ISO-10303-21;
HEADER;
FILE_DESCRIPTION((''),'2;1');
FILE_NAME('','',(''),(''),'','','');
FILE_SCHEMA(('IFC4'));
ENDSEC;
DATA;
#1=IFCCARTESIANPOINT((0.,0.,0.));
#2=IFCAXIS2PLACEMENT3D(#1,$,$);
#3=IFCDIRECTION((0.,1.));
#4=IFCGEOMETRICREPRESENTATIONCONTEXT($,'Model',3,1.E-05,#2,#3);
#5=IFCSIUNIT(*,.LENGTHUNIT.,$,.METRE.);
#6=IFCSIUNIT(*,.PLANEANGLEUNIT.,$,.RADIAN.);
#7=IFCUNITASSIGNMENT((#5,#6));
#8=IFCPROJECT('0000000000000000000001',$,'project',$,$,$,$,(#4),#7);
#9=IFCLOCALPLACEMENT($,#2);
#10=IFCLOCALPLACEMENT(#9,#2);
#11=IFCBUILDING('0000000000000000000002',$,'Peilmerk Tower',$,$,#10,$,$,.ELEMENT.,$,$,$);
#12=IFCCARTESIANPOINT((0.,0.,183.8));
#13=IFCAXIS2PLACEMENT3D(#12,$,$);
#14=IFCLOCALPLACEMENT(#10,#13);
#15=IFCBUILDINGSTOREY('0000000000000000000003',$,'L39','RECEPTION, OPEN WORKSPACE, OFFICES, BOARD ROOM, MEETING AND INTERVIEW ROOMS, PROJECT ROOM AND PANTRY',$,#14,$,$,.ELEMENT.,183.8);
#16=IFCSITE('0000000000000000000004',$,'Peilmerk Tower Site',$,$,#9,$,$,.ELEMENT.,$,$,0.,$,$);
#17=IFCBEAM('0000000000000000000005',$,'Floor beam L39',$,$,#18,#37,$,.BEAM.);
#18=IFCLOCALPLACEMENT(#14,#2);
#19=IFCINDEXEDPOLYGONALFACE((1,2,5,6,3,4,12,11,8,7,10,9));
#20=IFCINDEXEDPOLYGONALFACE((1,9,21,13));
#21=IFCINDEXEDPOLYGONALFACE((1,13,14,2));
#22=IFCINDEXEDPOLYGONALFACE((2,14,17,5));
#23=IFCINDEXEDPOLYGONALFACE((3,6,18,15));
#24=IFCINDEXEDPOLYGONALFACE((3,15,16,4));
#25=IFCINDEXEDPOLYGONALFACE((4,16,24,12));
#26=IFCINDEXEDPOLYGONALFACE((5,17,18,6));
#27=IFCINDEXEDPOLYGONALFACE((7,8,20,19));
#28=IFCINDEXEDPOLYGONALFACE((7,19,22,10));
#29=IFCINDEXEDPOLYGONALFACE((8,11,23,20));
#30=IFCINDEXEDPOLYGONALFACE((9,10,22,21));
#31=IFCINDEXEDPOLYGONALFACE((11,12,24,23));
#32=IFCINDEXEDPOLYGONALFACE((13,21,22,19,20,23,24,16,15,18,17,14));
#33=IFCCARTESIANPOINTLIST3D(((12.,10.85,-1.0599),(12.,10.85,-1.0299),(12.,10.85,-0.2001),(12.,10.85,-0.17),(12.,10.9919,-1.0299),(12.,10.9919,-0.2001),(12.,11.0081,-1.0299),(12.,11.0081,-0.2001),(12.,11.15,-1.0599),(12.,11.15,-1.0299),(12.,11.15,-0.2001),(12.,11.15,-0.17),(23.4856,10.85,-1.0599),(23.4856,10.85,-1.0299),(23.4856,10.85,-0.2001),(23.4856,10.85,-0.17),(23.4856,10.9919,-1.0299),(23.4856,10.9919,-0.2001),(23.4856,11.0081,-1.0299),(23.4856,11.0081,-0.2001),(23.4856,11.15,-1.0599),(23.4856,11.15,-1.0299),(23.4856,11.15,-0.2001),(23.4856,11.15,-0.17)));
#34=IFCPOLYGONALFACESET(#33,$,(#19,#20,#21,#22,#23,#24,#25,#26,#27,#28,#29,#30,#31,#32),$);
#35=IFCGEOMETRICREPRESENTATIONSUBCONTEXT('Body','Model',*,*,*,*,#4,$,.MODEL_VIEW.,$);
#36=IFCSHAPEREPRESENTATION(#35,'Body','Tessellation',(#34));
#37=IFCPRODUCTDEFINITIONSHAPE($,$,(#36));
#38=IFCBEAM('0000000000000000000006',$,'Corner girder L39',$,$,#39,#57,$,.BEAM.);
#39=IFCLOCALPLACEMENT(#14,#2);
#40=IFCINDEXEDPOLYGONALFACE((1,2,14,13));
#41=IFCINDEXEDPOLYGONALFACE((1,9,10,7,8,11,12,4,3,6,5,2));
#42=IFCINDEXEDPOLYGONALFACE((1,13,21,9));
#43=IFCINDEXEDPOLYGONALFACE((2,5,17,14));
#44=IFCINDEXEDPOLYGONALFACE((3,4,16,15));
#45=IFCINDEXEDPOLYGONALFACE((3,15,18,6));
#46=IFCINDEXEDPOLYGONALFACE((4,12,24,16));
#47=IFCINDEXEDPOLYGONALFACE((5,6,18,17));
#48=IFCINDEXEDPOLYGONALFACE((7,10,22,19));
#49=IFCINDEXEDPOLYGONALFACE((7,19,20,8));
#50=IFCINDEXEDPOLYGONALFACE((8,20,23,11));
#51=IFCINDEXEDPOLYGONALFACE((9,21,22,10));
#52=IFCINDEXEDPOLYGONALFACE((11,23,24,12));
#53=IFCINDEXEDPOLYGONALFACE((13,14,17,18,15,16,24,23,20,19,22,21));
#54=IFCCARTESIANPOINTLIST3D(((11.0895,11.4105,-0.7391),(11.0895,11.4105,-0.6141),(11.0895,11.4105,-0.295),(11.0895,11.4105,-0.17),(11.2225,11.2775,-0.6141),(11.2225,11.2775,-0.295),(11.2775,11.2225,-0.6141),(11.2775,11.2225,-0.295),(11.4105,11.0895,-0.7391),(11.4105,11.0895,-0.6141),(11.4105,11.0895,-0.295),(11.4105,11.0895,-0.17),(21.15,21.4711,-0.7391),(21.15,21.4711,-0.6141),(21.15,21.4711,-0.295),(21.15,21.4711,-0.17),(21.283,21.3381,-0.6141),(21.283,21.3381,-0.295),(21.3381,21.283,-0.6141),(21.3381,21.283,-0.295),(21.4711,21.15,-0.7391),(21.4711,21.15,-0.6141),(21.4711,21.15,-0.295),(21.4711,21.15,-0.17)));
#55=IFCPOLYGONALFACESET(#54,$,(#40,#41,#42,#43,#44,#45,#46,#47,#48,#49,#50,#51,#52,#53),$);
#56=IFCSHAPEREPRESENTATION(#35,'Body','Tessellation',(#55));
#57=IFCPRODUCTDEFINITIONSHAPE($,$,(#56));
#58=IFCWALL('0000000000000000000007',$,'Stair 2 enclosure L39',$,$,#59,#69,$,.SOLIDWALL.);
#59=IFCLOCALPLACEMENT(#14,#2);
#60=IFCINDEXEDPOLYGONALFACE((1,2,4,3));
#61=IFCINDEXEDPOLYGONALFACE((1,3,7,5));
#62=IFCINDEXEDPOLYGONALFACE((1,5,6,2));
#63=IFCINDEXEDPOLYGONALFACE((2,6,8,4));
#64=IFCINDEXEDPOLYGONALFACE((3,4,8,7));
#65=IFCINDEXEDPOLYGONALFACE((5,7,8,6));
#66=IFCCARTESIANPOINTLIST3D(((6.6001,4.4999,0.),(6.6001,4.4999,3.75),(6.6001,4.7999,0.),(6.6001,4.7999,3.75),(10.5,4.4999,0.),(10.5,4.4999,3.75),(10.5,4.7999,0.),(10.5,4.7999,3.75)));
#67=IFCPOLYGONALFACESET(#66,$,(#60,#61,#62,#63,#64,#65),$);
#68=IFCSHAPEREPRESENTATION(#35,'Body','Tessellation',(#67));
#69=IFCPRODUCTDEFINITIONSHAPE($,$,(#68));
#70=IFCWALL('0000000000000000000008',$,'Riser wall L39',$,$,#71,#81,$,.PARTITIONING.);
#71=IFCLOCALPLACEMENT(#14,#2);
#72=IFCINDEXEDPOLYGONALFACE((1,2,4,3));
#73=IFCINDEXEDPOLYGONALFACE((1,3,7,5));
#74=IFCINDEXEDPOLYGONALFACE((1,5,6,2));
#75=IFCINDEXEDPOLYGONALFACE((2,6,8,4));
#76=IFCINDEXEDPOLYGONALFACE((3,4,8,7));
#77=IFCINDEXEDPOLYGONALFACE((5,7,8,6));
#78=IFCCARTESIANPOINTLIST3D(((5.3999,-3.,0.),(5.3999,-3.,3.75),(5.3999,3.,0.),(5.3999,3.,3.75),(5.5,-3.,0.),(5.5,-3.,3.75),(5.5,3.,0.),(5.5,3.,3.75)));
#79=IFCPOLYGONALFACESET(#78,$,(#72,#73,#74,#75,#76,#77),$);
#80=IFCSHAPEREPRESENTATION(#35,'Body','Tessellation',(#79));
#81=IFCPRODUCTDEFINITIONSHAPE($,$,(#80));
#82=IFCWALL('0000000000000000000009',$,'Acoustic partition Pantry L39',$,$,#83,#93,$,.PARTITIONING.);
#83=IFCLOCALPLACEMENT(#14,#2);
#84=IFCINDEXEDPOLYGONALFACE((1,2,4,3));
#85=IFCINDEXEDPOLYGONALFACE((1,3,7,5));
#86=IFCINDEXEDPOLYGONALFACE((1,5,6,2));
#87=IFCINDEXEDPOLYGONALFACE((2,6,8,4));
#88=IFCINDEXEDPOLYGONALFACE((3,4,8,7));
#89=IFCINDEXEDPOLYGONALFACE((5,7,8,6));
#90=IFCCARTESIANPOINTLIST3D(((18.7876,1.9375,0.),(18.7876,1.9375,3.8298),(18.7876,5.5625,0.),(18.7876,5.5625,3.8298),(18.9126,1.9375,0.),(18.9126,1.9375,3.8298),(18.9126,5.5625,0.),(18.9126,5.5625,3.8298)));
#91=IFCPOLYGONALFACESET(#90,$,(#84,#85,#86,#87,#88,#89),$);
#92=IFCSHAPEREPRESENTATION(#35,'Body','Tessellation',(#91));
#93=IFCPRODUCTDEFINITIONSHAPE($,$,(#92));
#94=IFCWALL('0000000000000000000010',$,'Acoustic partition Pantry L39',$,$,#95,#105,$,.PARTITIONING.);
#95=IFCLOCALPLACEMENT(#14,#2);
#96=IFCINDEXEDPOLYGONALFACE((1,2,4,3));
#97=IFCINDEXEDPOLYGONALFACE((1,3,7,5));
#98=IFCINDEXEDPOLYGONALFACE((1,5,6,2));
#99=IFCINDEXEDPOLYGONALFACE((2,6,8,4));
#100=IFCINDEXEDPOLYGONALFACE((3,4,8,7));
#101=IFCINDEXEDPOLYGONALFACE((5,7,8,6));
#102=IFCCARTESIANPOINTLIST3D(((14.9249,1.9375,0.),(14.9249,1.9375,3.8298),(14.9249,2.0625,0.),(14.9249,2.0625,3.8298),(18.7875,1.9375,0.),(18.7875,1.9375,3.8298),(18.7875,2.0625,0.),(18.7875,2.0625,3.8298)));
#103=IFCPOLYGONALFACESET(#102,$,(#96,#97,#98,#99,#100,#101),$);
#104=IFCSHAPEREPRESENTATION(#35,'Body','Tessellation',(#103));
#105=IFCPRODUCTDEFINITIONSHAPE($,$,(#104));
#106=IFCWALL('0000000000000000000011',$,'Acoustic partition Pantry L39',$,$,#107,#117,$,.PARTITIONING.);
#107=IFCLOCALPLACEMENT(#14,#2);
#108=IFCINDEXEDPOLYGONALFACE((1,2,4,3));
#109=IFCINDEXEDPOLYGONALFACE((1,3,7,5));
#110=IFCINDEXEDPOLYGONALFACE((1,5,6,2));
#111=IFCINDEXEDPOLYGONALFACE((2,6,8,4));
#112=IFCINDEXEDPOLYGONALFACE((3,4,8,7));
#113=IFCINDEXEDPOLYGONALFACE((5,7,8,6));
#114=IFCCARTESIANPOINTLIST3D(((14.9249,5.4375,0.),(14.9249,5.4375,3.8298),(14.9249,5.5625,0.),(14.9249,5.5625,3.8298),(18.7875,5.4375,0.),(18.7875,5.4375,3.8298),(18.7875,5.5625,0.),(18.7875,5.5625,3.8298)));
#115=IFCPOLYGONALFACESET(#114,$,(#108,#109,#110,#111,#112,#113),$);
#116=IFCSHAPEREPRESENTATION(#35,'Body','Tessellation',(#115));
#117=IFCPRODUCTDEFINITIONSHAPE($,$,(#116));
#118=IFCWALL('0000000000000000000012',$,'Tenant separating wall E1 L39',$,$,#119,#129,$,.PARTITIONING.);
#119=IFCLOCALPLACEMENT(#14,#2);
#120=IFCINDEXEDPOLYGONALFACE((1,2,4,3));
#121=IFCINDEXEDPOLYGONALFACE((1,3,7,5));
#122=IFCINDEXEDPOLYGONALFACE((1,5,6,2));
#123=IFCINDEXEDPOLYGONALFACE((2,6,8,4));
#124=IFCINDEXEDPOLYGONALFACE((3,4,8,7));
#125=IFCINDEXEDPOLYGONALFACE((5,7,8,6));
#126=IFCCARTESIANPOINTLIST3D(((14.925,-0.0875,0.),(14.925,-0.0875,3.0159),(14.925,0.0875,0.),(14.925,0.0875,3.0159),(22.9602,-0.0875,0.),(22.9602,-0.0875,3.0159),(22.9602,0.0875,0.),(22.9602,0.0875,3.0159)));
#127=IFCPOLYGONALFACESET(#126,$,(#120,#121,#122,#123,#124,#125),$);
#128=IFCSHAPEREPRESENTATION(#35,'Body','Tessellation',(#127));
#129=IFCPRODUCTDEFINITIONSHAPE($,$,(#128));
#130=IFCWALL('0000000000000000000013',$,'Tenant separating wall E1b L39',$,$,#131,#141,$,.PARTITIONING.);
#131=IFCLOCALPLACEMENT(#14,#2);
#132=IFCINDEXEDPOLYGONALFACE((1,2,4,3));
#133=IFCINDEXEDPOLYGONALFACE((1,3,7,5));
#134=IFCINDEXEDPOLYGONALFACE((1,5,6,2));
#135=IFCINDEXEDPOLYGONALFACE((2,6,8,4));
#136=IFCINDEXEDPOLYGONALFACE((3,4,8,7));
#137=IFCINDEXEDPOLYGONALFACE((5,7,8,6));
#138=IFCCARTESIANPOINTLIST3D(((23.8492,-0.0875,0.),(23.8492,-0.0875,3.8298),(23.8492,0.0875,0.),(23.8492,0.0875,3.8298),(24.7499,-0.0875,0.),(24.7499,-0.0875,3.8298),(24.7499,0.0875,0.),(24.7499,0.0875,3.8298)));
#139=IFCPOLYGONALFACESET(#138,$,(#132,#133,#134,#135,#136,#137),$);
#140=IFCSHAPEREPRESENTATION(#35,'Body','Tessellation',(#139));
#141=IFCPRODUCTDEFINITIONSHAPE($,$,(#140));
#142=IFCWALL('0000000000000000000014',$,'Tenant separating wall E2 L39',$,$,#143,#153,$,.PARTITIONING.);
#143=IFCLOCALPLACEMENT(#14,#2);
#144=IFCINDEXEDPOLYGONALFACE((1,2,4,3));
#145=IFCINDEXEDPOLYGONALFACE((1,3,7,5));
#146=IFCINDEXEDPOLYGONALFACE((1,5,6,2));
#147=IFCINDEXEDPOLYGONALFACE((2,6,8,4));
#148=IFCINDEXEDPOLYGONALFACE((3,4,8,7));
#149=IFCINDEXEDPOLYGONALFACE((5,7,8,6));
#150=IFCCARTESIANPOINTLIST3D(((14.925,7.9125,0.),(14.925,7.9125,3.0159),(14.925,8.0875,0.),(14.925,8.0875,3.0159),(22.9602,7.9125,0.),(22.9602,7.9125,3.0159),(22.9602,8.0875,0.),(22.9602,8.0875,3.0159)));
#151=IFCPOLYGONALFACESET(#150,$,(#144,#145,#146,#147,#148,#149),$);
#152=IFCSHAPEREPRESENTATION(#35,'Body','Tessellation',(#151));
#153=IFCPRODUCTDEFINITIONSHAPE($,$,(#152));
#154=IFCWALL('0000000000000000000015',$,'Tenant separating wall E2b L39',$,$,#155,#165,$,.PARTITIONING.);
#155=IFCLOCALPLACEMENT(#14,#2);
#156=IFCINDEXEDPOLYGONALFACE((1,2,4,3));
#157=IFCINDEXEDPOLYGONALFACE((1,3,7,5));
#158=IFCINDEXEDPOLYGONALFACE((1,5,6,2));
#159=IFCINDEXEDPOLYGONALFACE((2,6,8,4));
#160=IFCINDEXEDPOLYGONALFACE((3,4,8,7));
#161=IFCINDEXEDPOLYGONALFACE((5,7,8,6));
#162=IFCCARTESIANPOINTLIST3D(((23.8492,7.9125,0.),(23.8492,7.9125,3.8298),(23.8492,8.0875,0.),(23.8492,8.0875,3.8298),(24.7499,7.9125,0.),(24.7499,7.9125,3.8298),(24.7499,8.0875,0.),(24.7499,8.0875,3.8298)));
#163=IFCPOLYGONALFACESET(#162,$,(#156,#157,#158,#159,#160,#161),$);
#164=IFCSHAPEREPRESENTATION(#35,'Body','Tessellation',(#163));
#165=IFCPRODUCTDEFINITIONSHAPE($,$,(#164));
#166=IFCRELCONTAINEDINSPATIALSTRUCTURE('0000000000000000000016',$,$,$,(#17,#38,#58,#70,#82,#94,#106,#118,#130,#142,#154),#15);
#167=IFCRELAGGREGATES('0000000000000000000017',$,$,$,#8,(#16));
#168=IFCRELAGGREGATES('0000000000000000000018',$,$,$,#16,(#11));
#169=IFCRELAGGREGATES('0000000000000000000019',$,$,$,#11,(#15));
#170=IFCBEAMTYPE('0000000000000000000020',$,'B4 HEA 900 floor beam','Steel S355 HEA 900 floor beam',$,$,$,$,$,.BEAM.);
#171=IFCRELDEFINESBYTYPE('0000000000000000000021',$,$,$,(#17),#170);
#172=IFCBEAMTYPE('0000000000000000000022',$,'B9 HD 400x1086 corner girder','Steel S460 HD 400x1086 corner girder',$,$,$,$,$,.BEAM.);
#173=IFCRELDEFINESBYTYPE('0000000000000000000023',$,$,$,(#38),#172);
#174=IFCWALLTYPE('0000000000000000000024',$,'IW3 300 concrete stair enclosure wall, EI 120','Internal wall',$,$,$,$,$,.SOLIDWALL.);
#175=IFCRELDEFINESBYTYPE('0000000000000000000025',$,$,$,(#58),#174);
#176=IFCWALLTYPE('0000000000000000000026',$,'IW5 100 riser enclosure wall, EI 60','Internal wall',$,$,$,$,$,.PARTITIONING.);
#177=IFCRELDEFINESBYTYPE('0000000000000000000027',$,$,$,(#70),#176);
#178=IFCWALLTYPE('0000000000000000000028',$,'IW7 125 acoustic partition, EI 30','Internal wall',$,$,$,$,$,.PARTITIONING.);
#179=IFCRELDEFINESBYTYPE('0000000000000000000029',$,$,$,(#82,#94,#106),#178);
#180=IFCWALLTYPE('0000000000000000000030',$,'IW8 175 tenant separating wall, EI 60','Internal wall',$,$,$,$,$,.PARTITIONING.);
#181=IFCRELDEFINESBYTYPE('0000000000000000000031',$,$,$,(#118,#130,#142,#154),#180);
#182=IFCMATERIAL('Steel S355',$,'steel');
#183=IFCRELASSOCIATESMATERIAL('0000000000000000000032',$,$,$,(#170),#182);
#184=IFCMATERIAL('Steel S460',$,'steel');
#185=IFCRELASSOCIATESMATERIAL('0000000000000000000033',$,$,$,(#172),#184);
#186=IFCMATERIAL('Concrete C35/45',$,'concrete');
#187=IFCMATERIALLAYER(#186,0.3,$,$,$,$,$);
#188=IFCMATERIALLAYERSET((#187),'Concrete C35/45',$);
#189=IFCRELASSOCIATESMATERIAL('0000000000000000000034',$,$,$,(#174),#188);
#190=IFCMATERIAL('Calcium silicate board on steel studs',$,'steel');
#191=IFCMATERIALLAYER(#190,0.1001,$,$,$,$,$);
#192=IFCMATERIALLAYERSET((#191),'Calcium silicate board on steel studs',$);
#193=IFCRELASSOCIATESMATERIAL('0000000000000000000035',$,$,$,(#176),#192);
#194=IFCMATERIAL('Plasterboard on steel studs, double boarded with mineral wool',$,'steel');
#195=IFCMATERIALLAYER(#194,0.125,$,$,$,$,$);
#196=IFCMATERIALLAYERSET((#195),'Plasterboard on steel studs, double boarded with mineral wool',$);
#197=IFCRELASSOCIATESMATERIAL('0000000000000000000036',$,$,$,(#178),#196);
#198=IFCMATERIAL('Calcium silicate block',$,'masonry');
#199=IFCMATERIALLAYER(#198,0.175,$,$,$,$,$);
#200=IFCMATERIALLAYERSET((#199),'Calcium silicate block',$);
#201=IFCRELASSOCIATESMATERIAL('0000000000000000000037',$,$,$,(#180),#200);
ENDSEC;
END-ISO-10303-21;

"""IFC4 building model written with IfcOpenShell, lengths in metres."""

from ifc_helpers import new_model, si_unit, direction, frame, frame_2d, origin, origin_2d, place, context, subcontext, project, spatial, rectangle, i_section, extrude, material, layer, layer_set, material_profile, profile_set, type_object, element, save


model = new_model("IFC4")

# Units and contexts
model_context = context("Model", 3, precision=1e-05, world=origin(), true_north=direction((0.0, 1.0)))
body_context = subcontext(model_context, "Body", "Model", "MODEL_VIEW")
ifc_project = project(units=[si_unit("LENGTHUNIT", "METRE"), si_unit("PLANEANGLEUNIT", "RADIAN")], contexts=[model_context])

# Site, building, storey
site_placement = place(None, origin())
site = spatial("IfcSite", under=ifc_project, at=site_placement, Name="Peilmerk Tower Site", CompositionType="ELEMENT", RefElevation=0.0)
building_placement = place(site_placement, origin())
building = spatial("IfcBuilding", under=site, at=building_placement, Name="Peilmerk Tower", CompositionType="ELEMENT")
storey_placement = place(building_placement, frame((0.0, 0.0, 183.8)))
storey = spatial("IfcBuildingStorey", under=building, at=storey_placement, Name="L39", Description="RECEPTION, OPEN WORKSPACE, OFFICES, BOARD ROOM, MEETING AND INTERVIEW ROOMS, PROJECT ROOM AND PANTRY", CompositionType="ELEMENT", Elevation=183.8)

# Shared definitions
ifc_material_1 = material(Name="Steel S460", Category="steel")

# Beams
ifc_material_2 = material(Name="Steel S355", Category="steel")
ifc_material_profile_1 = material_profile(ifc_material_2, i_section(OverallWidth=0.3, OverallDepth=0.8899, WebThickness=0.0161, FlangeThickness=0.03, at=origin_2d()), Name="HEA 900")
ifc_profile_set_1 = profile_set([ifc_material_profile_1], Name="Steel S355")
beam_type_1 = type_object("IfcBeamType", Name="B4 HEA 900 floor beam", Description="Steel S355 HEA 900 floor beam", PredefinedType="BEAM", material=ifc_profile_set_1)
for number, where, z_axis, x_axis, name in (
    (1, (12.0, 11.0, -0.615), (1.0, 0.0, 0.0), (0.0, 1.0, 0.0), "Floor beam L39"),
):
    element("IfcBeam", number, at=place(storey_placement, frame(where, z_axis=z_axis, x_axis=x_axis)), inside=storey, type_object=beam_type_1, Name=name, PredefinedType="BEAM", context=body_context, shape_type="SweptSolid", body=[
        extrude(i_section(OverallWidth=0.3, OverallDepth=0.8899, WebThickness=0.0161, FlangeThickness=0.03, at=origin_2d()), origin(), (0.0, 0.0, 1.0), 11.4856),
    ])
ifc_material_profile_2 = material_profile(ifc_material_1, i_section(OverallWidth=0.4541, OverallDepth=0.5691, WebThickness=0.0779, FlangeThickness=0.125, at=origin_2d()), Name="HD 400x1086")
ifc_profile_set_2 = profile_set([ifc_material_profile_2], Name="Steel S460")
beam_type_2 = type_object("IfcBeamType", Name="B9 HD 400x1086 corner girder", Description="Steel S460 HD 400x1086 corner girder", PredefinedType="BEAM", material=ifc_profile_set_2)
beam_placement = place(storey_placement, frame((11.25, 11.25, -0.4546), z_axis=(0.707107, 0.707107, 0.0), x_axis=(-0.707107, 0.707107, 0.0)))
element("IfcBeam", 2, at=beam_placement, inside=storey, type_object=beam_type_2, Name="Corner girder L39", PredefinedType="BEAM", context=body_context, shape_type="SweptSolid", body=[
    extrude(i_section(OverallWidth=0.4541, OverallDepth=0.5691, WebThickness=0.0779, FlangeThickness=0.125, at=origin_2d()), origin(), (0.0, 0.0, 1.0), 14.2278),
])

# Walls
ifc_material_3 = material(Name="Concrete C35/45", Category="concrete")
ifc_layer_1 = layer(ifc_material_3, 0.3)
ifc_layer_set_1 = layer_set([ifc_layer_1], Name="Concrete C35/45")
wall_type_1 = type_object("IfcWallType", Name="IW3 300 concrete stair enclosure wall, EI 120", Description="Internal wall", PredefinedType="SOLIDWALL", material=ifc_layer_set_1)
wall_1_placement = place(storey_placement, frame((6.6001, 4.6499, 0.0), z_axis=(0.0, 0.0, 1.0), x_axis=(1.0, 0.0, 0.0)))
element("IfcWall", 3, at=wall_1_placement, inside=storey, type_object=wall_type_1, Name="Stair 2 enclosure L39", PredefinedType="SOLIDWALL", context=body_context, shape_type="SweptSolid", body=[
    extrude(rectangle(XDim=3.8999, YDim=0.3, at=frame_2d((1.95, 0.0))), origin(), (0.0, 0.0, 1.0), 3.75),
])
ifc_material_4 = material(Name="Calcium silicate board on steel studs", Category="steel")
ifc_layer_2 = layer(ifc_material_4, 0.1001)
ifc_layer_set_2 = layer_set([ifc_layer_2], Name="Calcium silicate board on steel studs")
wall_type_2 = type_object("IfcWallType", Name="IW5 100 riser enclosure wall, EI 60", Description="Internal wall", PredefinedType="PARTITIONING", material=ifc_layer_set_2)
wall_2_placement = place(storey_placement, frame((5.45, 3.0, 0.0), z_axis=(0.0, 0.0, 1.0), x_axis=(0.0, -1.0, 0.0)))
element("IfcWall", 4, at=wall_2_placement, inside=storey, type_object=wall_type_2, Name="Riser wall L39", PredefinedType="PARTITIONING", context=body_context, shape_type="SweptSolid", body=[
    extrude(rectangle(XDim=6.0, YDim=0.1001, at=frame_2d((3.0, 0.0))), origin(), (0.0, 0.0, 1.0), 3.75),
])
ifc_material_5 = material(Name="Plasterboard on steel studs, double boarded with mineral wool", Category="steel")
ifc_layer_3 = layer(ifc_material_5, 0.125)
ifc_layer_set_3 = layer_set([ifc_layer_3], Name="Plasterboard on steel studs, double boarded with mineral wool")
wall_type_3 = type_object("IfcWallType", Name="IW7 125 acoustic partition, EI 30", Description="Internal wall", PredefinedType="PARTITIONING", material=ifc_layer_set_3)
wall_3_placement = place(storey_placement, frame((18.8501, 1.9375, 0.0), z_axis=(0.0, 0.0, 1.0), x_axis=(0.0, 1.0, 0.0)))
element("IfcWall", 5, at=wall_3_placement, inside=storey, type_object=wall_type_3, Name="Acoustic partition Pantry L39", PredefinedType="PARTITIONING", context=body_context, shape_type="SweptSolid", body=[
    extrude(rectangle(XDim=3.625, YDim=0.125, at=frame_2d((1.8125, 0.0))), origin(), (0.0, 0.0, 1.0), 3.8298),
])
for number, where, z_axis, x_axis, name in (
    (6, (14.925, 2.0, 0.0), (0.0, 0.0, 1.0), (1.0, 0.0, 0.0), "Acoustic partition Pantry L39"),
    (7, (14.925, 5.5, 0.0), (0.0, 0.0, 1.0), (1.0, 0.0, 0.0), "Acoustic partition Pantry L39"),
):
    element("IfcWall", number, at=place(storey_placement, frame(where, z_axis=z_axis, x_axis=x_axis)), inside=storey, type_object=wall_type_3, Name=name, PredefinedType="PARTITIONING", context=body_context, shape_type="SweptSolid", body=[
        extrude(rectangle(XDim=3.8625, YDim=0.125, at=frame_2d((1.9312, 0.0))), origin(), (0.0, 0.0, 1.0), 3.8298),
    ])
ifc_material_6 = material(Name="Calcium silicate block", Category="masonry")
ifc_layer_4 = layer(ifc_material_6, 0.175)
ifc_layer_set_4 = layer_set([ifc_layer_4], Name="Calcium silicate block")
wall_type_4 = type_object("IfcWallType", Name="IW8 175 tenant separating wall, EI 60", Description="Internal wall", PredefinedType="PARTITIONING", material=ifc_layer_set_4)
wall_4_placement = place(storey_placement, frame((14.925, 0.0, 0.0), z_axis=(0.0, 0.0, 1.0), x_axis=(1.0, 0.0, 0.0)))
element("IfcWall", 8, at=wall_4_placement, inside=storey, type_object=wall_type_4, Name="Tenant separating wall E1 L39", PredefinedType="PARTITIONING", context=body_context, shape_type="SweptSolid", body=[
    extrude(rectangle(XDim=8.0352, YDim=0.175, at=frame_2d((4.0176, 0.0))), origin(), (0.0, 0.0, 1.0), 3.0159),
])
wall_5_placement = place(storey_placement, frame((23.8494, 0.0, 0.0), z_axis=(0.0, 0.0, 1.0), x_axis=(1.0, 0.0, 0.0)))
element("IfcWall", 9, at=wall_5_placement, inside=storey, type_object=wall_type_4, Name="Tenant separating wall E1b L39", PredefinedType="PARTITIONING", context=body_context, shape_type="SweptSolid", body=[
    extrude(rectangle(XDim=0.9006, YDim=0.175, at=frame_2d((0.4502, 0.0))), origin(), (0.0, 0.0, 1.0), 3.8298),
])
wall_6_placement = place(storey_placement, frame((14.925, 8.0, 0.0), z_axis=(0.0, 0.0, 1.0), x_axis=(1.0, 0.0, 0.0)))
element("IfcWall", 10, at=wall_6_placement, inside=storey, type_object=wall_type_4, Name="Tenant separating wall E2 L39", PredefinedType="PARTITIONING", context=body_context, shape_type="SweptSolid", body=[
    extrude(rectangle(XDim=8.0352, YDim=0.175, at=frame_2d((4.0176, 0.0))), origin(), (0.0, 0.0, 1.0), 3.0159),
])
wall_7_placement = place(storey_placement, frame((23.8494, 8.0, 0.0), z_axis=(0.0, 0.0, 1.0), x_axis=(1.0, 0.0, 0.0)))
element("IfcWall", 11, at=wall_7_placement, inside=storey, type_object=wall_type_4, Name="Tenant separating wall E2b L39", PredefinedType="PARTITIONING", context=body_context, shape_type="SweptSolid", body=[
    extrude(rectangle(XDim=0.9006, YDim=0.175, at=frame_2d((0.4502, 0.0))), origin(), (0.0, 0.0, 1.0), 3.8298),
])

save(model, "model.ifc")
